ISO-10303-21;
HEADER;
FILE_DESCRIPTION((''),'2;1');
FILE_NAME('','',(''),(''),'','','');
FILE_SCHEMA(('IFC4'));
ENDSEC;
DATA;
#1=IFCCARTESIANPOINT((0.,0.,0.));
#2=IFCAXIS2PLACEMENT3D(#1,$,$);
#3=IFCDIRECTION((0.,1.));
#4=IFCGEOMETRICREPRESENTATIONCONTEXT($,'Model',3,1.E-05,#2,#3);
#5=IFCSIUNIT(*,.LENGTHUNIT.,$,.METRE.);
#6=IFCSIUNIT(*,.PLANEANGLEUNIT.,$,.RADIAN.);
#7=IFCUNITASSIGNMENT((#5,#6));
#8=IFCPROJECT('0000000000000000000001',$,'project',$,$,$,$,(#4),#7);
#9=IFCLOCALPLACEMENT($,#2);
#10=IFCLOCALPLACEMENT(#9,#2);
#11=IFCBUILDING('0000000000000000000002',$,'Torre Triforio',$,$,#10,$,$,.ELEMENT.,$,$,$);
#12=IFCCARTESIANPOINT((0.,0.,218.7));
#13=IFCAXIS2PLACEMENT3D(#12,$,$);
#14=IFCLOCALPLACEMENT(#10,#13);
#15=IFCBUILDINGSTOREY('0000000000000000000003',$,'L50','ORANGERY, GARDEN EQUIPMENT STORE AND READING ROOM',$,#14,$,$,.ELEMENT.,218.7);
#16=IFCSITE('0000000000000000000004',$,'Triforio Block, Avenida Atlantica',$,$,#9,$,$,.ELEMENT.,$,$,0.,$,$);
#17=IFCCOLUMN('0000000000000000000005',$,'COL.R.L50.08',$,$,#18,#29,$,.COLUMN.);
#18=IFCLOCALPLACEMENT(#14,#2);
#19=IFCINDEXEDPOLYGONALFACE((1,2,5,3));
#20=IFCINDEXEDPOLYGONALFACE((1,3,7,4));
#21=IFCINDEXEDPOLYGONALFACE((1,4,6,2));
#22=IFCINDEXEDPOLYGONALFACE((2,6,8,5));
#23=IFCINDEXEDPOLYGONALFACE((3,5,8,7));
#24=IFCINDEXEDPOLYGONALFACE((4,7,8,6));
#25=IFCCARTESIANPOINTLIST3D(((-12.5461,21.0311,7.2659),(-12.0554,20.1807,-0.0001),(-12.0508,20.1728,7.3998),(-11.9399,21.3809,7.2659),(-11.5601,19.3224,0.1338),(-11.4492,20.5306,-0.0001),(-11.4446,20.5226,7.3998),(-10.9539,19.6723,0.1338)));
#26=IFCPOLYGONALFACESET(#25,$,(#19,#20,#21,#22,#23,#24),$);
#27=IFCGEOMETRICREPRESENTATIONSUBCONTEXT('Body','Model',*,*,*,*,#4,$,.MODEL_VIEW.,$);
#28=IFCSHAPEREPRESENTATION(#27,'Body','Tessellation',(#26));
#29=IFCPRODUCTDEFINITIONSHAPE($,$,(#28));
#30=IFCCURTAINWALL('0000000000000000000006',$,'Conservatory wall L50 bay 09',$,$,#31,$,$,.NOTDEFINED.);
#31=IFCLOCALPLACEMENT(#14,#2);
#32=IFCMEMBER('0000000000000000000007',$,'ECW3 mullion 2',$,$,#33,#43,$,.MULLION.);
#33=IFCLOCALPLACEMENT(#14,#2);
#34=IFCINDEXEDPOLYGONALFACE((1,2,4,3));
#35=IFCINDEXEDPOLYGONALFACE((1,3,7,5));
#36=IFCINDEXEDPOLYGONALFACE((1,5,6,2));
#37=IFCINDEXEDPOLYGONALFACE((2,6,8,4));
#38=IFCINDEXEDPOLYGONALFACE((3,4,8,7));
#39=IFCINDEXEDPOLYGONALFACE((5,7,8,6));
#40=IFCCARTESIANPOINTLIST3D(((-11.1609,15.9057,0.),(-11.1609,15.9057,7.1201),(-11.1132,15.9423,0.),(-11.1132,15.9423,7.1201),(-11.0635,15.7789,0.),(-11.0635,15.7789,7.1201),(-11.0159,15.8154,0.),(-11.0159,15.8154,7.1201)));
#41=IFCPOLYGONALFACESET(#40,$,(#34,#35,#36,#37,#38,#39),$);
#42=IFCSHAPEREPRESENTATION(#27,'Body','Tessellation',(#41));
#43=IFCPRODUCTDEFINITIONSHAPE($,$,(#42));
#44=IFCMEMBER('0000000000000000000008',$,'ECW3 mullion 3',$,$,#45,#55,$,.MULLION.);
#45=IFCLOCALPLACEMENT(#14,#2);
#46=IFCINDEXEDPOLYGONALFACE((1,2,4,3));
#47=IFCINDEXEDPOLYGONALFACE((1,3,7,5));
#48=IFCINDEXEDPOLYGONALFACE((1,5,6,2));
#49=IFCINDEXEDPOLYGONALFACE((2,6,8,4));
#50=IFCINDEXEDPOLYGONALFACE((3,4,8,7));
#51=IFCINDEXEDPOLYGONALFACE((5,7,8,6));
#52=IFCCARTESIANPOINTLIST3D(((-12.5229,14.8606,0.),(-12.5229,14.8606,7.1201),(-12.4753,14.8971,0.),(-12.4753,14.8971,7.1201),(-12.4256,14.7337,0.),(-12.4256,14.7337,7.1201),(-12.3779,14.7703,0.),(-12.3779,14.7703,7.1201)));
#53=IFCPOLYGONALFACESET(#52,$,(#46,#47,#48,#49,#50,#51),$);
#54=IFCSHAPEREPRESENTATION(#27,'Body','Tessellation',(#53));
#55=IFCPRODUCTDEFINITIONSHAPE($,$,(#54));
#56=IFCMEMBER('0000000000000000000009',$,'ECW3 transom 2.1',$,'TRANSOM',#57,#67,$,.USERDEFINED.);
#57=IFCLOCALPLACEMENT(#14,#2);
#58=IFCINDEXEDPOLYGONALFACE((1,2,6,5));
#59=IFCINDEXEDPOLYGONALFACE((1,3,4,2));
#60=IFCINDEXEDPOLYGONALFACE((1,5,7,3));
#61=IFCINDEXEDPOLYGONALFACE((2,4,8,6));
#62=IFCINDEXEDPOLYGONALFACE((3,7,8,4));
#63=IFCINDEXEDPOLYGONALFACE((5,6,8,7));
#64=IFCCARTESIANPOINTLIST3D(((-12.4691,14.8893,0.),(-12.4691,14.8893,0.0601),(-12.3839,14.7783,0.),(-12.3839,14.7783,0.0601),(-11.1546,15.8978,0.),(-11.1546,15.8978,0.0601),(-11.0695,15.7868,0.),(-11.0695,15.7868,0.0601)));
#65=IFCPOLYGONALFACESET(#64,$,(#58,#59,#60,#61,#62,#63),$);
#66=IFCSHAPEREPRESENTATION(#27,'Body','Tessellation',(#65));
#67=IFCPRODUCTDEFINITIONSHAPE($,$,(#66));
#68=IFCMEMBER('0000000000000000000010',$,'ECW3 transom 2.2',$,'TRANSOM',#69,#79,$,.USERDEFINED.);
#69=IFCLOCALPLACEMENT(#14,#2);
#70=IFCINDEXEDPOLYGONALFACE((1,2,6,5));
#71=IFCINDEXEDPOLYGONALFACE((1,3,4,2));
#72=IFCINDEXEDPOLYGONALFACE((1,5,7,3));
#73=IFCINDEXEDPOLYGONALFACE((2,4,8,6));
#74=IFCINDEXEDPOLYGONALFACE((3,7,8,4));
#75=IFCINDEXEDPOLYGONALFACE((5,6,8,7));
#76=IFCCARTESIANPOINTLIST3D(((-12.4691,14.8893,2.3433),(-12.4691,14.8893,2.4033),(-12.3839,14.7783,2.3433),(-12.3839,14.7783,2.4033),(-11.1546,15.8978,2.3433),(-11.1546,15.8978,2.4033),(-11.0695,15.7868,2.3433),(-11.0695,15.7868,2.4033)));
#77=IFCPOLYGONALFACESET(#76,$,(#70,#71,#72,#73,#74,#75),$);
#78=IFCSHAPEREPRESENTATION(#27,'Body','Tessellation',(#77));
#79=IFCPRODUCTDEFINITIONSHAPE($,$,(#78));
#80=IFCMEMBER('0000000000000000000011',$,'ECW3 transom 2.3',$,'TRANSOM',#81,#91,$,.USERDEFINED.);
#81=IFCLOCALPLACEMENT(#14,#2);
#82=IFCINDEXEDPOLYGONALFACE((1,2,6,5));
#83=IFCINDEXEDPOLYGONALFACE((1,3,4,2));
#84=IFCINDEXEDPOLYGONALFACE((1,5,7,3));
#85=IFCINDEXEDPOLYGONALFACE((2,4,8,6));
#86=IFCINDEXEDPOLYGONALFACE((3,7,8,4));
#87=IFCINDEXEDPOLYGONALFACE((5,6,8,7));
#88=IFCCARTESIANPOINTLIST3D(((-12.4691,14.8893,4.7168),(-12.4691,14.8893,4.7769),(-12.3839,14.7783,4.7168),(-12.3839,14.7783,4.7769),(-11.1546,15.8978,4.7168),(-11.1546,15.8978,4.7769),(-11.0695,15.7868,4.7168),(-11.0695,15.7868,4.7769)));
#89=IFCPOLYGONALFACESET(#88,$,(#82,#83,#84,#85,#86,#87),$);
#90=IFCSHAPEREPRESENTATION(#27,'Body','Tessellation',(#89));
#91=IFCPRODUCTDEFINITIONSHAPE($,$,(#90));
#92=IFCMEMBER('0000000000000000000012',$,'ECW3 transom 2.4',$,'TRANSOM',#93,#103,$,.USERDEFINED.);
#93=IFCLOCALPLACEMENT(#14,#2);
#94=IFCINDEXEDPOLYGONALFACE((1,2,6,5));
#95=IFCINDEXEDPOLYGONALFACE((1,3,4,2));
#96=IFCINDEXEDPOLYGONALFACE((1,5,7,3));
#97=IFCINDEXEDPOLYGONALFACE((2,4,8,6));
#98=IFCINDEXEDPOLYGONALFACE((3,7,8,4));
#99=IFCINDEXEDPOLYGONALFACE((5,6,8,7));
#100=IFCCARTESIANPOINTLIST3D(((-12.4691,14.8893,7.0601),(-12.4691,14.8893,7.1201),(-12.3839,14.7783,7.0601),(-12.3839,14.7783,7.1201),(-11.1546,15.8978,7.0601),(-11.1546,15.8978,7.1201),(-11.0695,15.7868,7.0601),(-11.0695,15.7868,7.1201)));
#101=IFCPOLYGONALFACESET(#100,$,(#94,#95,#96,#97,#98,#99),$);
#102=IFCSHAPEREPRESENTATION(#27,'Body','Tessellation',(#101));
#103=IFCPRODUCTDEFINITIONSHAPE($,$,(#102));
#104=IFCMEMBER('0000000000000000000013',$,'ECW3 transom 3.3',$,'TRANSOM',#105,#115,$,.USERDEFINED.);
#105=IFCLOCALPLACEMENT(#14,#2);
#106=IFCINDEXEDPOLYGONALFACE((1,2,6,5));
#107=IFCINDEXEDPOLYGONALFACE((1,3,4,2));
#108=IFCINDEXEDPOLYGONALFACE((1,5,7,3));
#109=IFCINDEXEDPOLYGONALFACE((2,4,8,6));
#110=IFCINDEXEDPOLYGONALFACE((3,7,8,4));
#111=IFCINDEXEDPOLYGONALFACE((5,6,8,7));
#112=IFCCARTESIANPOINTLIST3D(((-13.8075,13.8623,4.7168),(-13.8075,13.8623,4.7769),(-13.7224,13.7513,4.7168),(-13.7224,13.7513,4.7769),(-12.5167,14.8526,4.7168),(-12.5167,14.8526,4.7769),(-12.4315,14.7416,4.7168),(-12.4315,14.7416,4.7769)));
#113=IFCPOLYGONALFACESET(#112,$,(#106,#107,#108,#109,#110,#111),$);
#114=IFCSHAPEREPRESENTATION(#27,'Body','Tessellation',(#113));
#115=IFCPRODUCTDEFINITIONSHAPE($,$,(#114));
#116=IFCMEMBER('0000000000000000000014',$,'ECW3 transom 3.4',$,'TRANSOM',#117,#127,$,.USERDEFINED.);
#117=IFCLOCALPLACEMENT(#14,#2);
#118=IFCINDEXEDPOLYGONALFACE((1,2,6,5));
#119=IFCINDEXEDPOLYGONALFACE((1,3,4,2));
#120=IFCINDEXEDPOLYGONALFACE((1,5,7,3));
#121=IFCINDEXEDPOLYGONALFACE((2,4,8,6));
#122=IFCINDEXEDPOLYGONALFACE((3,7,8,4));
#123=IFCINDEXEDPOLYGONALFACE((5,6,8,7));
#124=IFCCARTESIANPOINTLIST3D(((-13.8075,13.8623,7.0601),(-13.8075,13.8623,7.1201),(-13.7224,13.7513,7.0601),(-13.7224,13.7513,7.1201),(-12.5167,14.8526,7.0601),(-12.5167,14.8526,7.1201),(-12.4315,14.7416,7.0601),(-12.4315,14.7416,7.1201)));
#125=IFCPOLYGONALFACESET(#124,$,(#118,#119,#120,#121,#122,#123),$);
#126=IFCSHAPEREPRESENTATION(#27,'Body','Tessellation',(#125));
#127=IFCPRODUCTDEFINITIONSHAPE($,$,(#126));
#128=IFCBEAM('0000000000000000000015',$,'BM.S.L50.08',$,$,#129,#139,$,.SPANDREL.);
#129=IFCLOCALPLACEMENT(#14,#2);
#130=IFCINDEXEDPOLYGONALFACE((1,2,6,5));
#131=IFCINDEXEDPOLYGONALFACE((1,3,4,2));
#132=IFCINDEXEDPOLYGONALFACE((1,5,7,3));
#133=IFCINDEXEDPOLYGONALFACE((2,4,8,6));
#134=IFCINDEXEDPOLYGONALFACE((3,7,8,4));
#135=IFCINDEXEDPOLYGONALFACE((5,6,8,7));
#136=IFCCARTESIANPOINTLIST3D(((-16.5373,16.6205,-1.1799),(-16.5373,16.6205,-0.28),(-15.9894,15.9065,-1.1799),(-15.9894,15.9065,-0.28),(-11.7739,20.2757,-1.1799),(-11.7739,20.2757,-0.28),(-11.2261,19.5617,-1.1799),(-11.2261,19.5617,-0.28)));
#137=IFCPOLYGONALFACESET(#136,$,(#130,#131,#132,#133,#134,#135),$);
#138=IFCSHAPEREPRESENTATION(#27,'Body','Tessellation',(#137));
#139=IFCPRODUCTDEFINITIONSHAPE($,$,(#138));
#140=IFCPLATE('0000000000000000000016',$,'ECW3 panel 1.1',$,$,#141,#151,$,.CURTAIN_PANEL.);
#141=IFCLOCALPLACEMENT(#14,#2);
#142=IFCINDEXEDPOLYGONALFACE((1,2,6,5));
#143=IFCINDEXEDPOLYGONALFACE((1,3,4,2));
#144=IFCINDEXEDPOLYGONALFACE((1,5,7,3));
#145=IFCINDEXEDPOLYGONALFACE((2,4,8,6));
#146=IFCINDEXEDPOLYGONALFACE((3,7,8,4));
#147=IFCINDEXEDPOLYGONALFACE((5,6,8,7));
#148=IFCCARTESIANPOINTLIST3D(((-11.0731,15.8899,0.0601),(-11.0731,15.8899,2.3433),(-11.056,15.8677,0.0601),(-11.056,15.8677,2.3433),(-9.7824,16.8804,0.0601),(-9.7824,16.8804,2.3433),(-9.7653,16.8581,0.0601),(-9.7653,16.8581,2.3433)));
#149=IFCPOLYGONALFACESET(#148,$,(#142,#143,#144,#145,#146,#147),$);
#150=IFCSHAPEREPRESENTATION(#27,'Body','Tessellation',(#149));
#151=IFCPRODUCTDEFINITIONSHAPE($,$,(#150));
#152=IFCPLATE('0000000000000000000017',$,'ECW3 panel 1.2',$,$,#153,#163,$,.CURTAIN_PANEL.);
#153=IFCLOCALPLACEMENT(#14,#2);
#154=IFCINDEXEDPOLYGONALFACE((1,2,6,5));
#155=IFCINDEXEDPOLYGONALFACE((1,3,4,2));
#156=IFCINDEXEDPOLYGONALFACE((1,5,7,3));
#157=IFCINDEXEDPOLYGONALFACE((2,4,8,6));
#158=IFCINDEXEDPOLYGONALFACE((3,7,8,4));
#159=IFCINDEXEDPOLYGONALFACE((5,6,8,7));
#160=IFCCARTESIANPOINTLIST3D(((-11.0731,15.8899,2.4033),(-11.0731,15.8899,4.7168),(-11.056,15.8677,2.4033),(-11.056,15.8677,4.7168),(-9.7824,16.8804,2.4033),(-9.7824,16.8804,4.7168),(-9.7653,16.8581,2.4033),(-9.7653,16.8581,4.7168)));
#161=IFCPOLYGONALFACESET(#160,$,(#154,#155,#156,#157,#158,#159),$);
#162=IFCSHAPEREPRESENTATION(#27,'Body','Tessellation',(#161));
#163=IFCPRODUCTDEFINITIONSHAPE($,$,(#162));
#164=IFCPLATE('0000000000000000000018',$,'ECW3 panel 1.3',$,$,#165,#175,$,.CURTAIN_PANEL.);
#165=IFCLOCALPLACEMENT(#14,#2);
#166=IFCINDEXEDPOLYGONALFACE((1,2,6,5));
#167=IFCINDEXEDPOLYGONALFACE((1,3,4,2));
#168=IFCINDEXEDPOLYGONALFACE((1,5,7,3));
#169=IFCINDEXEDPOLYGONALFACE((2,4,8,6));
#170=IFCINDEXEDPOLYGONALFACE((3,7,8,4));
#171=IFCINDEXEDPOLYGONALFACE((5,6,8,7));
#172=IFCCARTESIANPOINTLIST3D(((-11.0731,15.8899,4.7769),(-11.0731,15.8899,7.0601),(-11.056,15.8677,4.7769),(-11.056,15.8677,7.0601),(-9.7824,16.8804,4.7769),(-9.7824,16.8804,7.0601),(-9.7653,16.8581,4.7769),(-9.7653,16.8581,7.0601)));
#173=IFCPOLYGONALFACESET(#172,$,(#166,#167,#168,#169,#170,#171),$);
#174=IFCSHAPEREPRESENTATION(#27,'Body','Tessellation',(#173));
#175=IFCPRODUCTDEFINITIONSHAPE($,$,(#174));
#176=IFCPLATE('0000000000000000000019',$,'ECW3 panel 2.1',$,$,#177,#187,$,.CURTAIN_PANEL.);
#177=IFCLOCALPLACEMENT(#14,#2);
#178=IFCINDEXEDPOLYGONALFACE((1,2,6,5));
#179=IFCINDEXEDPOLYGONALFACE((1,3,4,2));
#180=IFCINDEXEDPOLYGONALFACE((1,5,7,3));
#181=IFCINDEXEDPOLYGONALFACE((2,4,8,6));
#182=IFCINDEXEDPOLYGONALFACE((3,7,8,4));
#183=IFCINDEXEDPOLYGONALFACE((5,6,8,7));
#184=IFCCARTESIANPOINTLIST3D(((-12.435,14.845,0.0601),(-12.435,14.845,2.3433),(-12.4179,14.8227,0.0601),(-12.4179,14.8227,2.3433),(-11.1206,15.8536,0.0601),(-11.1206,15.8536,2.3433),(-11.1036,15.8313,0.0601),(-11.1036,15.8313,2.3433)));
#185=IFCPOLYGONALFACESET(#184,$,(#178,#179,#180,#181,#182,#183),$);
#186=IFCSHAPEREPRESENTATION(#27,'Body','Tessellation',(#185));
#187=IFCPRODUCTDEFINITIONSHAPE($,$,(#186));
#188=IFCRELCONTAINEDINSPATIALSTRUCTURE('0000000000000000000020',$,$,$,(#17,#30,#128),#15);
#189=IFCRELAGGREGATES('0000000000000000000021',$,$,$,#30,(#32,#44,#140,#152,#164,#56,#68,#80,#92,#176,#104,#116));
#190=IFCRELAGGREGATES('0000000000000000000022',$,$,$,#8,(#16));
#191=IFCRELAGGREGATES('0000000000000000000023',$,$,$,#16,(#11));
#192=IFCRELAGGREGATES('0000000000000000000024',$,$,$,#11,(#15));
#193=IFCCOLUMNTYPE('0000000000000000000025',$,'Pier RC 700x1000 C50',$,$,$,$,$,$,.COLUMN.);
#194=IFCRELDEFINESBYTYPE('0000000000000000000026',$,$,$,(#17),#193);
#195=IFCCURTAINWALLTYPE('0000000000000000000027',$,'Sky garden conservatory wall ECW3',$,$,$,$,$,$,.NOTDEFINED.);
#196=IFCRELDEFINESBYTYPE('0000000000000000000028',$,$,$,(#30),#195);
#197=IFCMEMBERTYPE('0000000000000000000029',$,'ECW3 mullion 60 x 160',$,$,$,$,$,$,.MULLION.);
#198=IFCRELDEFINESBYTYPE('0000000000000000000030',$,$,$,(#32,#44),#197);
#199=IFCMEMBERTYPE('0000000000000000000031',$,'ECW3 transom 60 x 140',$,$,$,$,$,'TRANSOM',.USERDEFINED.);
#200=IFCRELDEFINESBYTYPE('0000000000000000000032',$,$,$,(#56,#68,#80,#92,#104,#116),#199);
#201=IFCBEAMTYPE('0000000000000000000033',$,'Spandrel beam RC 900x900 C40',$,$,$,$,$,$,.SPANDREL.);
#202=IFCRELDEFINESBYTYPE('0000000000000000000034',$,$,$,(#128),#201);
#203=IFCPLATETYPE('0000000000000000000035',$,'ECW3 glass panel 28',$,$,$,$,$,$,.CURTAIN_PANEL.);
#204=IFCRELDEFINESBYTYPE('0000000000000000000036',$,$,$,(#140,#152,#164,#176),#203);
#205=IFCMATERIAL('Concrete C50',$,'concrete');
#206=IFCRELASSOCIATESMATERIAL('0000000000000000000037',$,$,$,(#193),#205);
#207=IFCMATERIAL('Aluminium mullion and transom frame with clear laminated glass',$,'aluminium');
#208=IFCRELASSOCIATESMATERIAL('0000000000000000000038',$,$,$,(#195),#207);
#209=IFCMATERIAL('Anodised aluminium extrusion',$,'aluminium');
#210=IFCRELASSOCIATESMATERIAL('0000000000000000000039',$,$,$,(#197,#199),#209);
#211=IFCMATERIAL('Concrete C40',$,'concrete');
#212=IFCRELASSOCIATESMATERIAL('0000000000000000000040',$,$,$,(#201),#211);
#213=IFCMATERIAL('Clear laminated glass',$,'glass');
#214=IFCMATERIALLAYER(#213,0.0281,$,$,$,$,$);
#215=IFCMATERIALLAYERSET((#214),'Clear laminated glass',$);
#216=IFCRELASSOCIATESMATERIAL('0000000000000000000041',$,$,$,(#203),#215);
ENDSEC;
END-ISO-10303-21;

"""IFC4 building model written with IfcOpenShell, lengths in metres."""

from ifc_helpers import new_model, si_unit, direction, frame, origin, origin_2d, place, context, subcontext, project, spatial, rectangle, extrude, material, layer, layer_set, material_profile, profile_set, type_object, element, aggregate, save


model = new_model("IFC4")

# Units and contexts
model_context = context("Model", 3, precision=1e-05, world=origin(), true_north=direction((0.0, 1.0)))
body_context = subcontext(model_context, "Body", "Model", "MODEL_VIEW")
ifc_project = project(units=[si_unit("LENGTHUNIT", "METRE"), si_unit("PLANEANGLEUNIT", "RADIAN")], contexts=[model_context])

# Site, building, storey
site_placement = place(None, origin())
site = spatial("IfcSite", under=ifc_project, at=site_placement, Name="Triforio Block, Avenida Atlantica", CompositionType="ELEMENT", RefElevation=0.0)
building_placement = place(site_placement, origin())
building = spatial("IfcBuilding", under=site, at=building_placement, Name="Torre Triforio", CompositionType="ELEMENT")
storey_placement = place(building_placement, frame((0.0, 0.0, 218.7)))
storey = spatial("IfcBuildingStorey", under=building, at=storey_placement, Name="L50", Description="ORANGERY, GARDEN EQUIPMENT STORE AND READING ROOM", CompositionType="ELEMENT", Elevation=218.7)

# Column
ifc_material_1 = material(Name="Concrete C50", Category="concrete")
ifc_material_profile_1 = material_profile(ifc_material_1, rectangle(XDim=0.7, YDim=1.0, at=origin_2d()), Name="RC 700x1000")
ifc_profile_set_1 = profile_set([ifc_material_profile_1], Name="Concrete C50")
column_type = type_object("IfcColumnType", Name="Pier RC 700x1000 C50", PredefinedType="COLUMN", material=ifc_profile_set_1)
column_placement = place(storey_placement, frame((-11.5046, 19.9265, 0.0669), z_axis=(-0.066928, 0.115975, 0.990995), x_axis=(-0.866123, -0.49983, 0.0)))
element("IfcColumn", 1, at=column_placement, inside=storey, type_object=column_type, Name="COL.R.L50.08", PredefinedType="COLUMN", context=body_context, shape_type="SweptSolid", body=[
    extrude(rectangle(XDim=0.7, YDim=1.0, at=origin_2d()), origin(), (0.0, 0.0, 1.0), 7.332),
])

# Curtain wall, members
ifc_material_2 = material(Name="Aluminium mullion and transom frame with clear laminated glass", Category="aluminium")
curtain_wall_type = type_object("IfcCurtainWallType", Name="Sky garden conservatory wall ECW3", PredefinedType="NOTDEFINED", material=ifc_material_2)
curtain_wall_placement = place(storey_placement, origin())
curtain_wall = element("IfcCurtainWall", 2, at=curtain_wall_placement, inside=storey, type_object=curtain_wall_type, Name="Conservatory wall L50 bay 09", PredefinedType="NOTDEFINED")
ifc_material_3 = material(Name="Anodised aluminium extrusion", Category="aluminium")
ifc_material_profile_2 = material_profile(ifc_material_3, rectangle(XDim=0.1599, YDim=0.0601, at=origin_2d()), Name="ECW3 MULLION 60x160")
ifc_profile_set_2 = profile_set([ifc_material_profile_2], Name="Anodised aluminium extrusion")
member_type_1 = type_object("IfcMemberType", Name="ECW3 mullion 60 x 160", PredefinedType="MULLION", material=ifc_profile_set_2)
member_1_placement = place(storey_placement, frame((-11.0884, 15.8606, 0.0), z_axis=(0.0, 0.0, 1.0), x_axis=(0.608767, -0.793349, 0.0)))
member_1 = element("IfcMember", 3, at=member_1_placement, type_object=member_type_1, Name="ECW3 mullion 2", PredefinedType="MULLION", context=body_context, shape_type="SweptSolid", body=[
    extrude(rectangle(XDim=0.1599, YDim=0.0601, at=origin_2d()), origin(), (0.0, 0.0, 1.0), 7.1201),
])
member_2_placement = place(storey_placement, frame((-12.4504, 14.8154, 0.0), z_axis=(0.0, 0.0, 1.0), x_axis=(0.608767, -0.793349, 0.0)))
member_2 = element("IfcMember", 4, at=member_2_placement, type_object=member_type_1, Name="ECW3 mullion 3", PredefinedType="MULLION", context=body_context, shape_type="SweptSolid", body=[
    extrude(rectangle(XDim=0.1599, YDim=0.0601, at=origin_2d()), origin(), (0.0, 0.0, 1.0), 7.1201),
])
ifc_material_profile_3 = material_profile(ifc_material_3, rectangle(XDim=0.1399, YDim=0.0601, at=origin_2d()), Name="ECW3 TRANSOM 60x140")
ifc_profile_set_3 = profile_set([ifc_material_profile_3], Name="Anodised aluminium extrusion")
member_type_2 = type_object("IfcMemberType", Name="ECW3 transom 60 x 140", ElementType="TRANSOM", PredefinedType="USERDEFINED", material=ifc_profile_set_3)
member_3_placement = place(storey_placement, frame((-11.1121, 15.8423, 0.03), z_axis=(-0.793374, -0.608735, 0.0), x_axis=(0.608735, -0.793374, 0.0)))
member_3 = element("IfcMember", 5, at=member_3_placement, type_object=member_type_2, Name="ECW3 transom 2.1", ObjectType="TRANSOM", PredefinedType="USERDEFINED", context=body_context, shape_type="SweptSolid", body=[
    extrude(rectangle(XDim=0.1399, YDim=0.0601, at=origin_2d()), origin(), (0.0, 0.0, 1.0), 1.6567),
])
member_4_placement = place(storey_placement, frame((-11.1121, 15.8423, 2.3733), z_axis=(-0.793374, -0.608735, 0.0), x_axis=(0.608735, -0.793374, 0.0)))
member_4 = element("IfcMember", 6, at=member_4_placement, type_object=member_type_2, Name="ECW3 transom 2.2", ObjectType="TRANSOM", PredefinedType="USERDEFINED", context=body_context, shape_type="SweptSolid", body=[
    extrude(rectangle(XDim=0.1399, YDim=0.0601, at=origin_2d()), origin(), (0.0, 0.0, 1.0), 1.6567),
])
member_5_placement = place(storey_placement, frame((-11.1121, 15.8423, 4.7468), z_axis=(-0.793374, -0.608735, 0.0), x_axis=(0.608735, -0.793374, 0.0)))
member_5 = element("IfcMember", 7, at=member_5_placement, type_object=member_type_2, Name="ECW3 transom 2.3", ObjectType="TRANSOM", PredefinedType="USERDEFINED", context=body_context, shape_type="SweptSolid", body=[
    extrude(rectangle(XDim=0.1399, YDim=0.0601, at=origin_2d()), origin(), (0.0, 0.0, 1.0), 1.6567),
])
member_6_placement = place(storey_placement, frame((-11.1121, 15.8423, 7.0901), z_axis=(-0.793374, -0.608735, 0.0), x_axis=(0.608735, -0.793374, 0.0)))
member_6 = element("IfcMember", 8, at=member_6_placement, type_object=member_type_2, Name="ECW3 transom 2.4", ObjectType="TRANSOM", PredefinedType="USERDEFINED", context=body_context, shape_type="SweptSolid", body=[
    extrude(rectangle(XDim=0.1399, YDim=0.0601, at=origin_2d()), origin(), (0.0, 0.0, 1.0), 1.6567),
])
member_7_placement = place(storey_placement, frame((-12.4741, 14.7971, 4.7468), z_axis=(-0.793416, -0.60868, 0.0), x_axis=(0.60868, -0.793416, 0.0)))
member_7 = element("IfcMember", 9, at=member_7_placement, type_object=member_type_2, Name="ECW3 transom 3.3", ObjectType="TRANSOM", PredefinedType="USERDEFINED", context=body_context, shape_type="SweptSolid", body=[
    extrude(rectangle(XDim=0.1399, YDim=0.0601, at=origin_2d()), origin(), (0.0, 0.0, 1.0), 1.627),
])
member_8_placement = place(storey_placement, frame((-12.4741, 14.7971, 7.0901), z_axis=(-0.793416, -0.60868, 0.0), x_axis=(0.60868, -0.793416, 0.0)))
member_8 = element("IfcMember", 10, at=member_8_placement, type_object=member_type_2, Name="ECW3 transom 3.4", ObjectType="TRANSOM", PredefinedType="USERDEFINED", context=body_context, shape_type="SweptSolid", body=[
    extrude(rectangle(XDim=0.1399, YDim=0.0601, at=origin_2d()), origin(), (0.0, 0.0, 1.0), 1.627),
])

# Beam
ifc_material_4 = material(Name="Concrete C40", Category="concrete")
ifc_material_profile_4 = material_profile(ifc_material_4, rectangle(XDim=0.8999, YDim=0.8999, at=origin_2d()), Name="RC 900x900")
ifc_profile_set_4 = profile_set([ifc_material_profile_4], Name="Concrete C40")
beam_type = type_object("IfcBeamType", Name="Spandrel beam RC 900x900 C40", PredefinedType="SPANDREL", material=ifc_profile_set_4)
beam_placement = place(storey_placement, frame((-11.5, 19.9187, -0.73), z_axis=(-0.79334, -0.608779, 0.0), x_axis=(0.608779, -0.79334, 0.0)))
element("IfcBeam", 11, at=beam_placement, inside=storey, type_object=beam_type, Name="BM.S.L50.08", PredefinedType="SPANDREL", context=body_context, shape_type="SweptSolid", body=[
    extrude(rectangle(XDim=0.8999, YDim=0.8999, at=origin_2d()), origin(), (0.0, 0.0, 1.0), 6.0042),
])

# Plates
ifc_material_5 = material(Name="Clear laminated glass", Category="glass")
ifc_layer_1 = layer(ifc_material_5, 0.0281)
ifc_layer_set_1 = layer_set([ifc_layer_1], Name="Clear laminated glass")
plate_type = type_object("IfcPlateType", Name="ECW3 glass panel 28", PredefinedType="CURTAIN_PANEL", material=ifc_layer_set_1)
plate_1_placement = place(storey_placement, frame((-10.4192, 16.374, 0.0601), z_axis=(0.0, 0.0, 1.0), x_axis=(-0.793349, -0.608767, 0.0)))
plate_1 = element("IfcPlate", 12, at=plate_1_placement, type_object=plate_type, Name="ECW3 panel 1.1", PredefinedType="CURTAIN_PANEL", context=body_context, shape_type="SweptSolid", body=[
    extrude(rectangle(XDim=1.627, YDim=0.0281, at=origin_2d()), origin(), (0.0, 0.0, 1.0), 2.2832),
])
plate_2_placement = place(storey_placement, frame((-10.4192, 16.374, 2.4033), z_axis=(0.0, 0.0, 1.0), x_axis=(-0.793349, -0.608767, 0.0)))
plate_2 = element("IfcPlate", 13, at=plate_2_placement, type_object=plate_type, Name="ECW3 panel 1.2", PredefinedType="CURTAIN_PANEL", context=body_context, shape_type="SweptSolid", body=[
    extrude(rectangle(XDim=1.627, YDim=0.0281, at=origin_2d()), origin(), (0.0, 0.0, 1.0), 2.3135),
])
plate_3_placement = place(storey_placement, frame((-10.4192, 16.374, 4.7769), z_axis=(0.0, 0.0, 1.0), x_axis=(-0.793349, -0.608767, 0.0)))
plate_3 = element("IfcPlate", 14, at=plate_3_placement, type_object=plate_type, Name="ECW3 panel 1.3", PredefinedType="CURTAIN_PANEL", context=body_context, shape_type="SweptSolid", body=[
    extrude(rectangle(XDim=1.627, YDim=0.0281, at=origin_2d()), origin(), (0.0, 0.0, 1.0), 2.2832),
])
plate_4_placement = place(storey_placement, frame((-11.7693, 15.3381, 0.0601), z_axis=(0.0, 0.0, 1.0), x_axis=(-0.793349, -0.608767, 0.0)))
plate_4 = element("IfcPlate", 15, at=plate_4_placement, type_object=plate_type, Name="ECW3 panel 2.1", PredefinedType="CURTAIN_PANEL", context=body_context, shape_type="SweptSolid", body=[
    extrude(rectangle(XDim=1.6567, YDim=0.0281, at=origin_2d()), origin(), (0.0, 0.0, 1.0), 2.2832),
])
aggregate(curtain_wall, [member_1, member_2, plate_1, plate_2, plate_3, member_3, member_4, member_5, member_6, plate_4, member_7, member_8])

save(model, "model.ifc")
